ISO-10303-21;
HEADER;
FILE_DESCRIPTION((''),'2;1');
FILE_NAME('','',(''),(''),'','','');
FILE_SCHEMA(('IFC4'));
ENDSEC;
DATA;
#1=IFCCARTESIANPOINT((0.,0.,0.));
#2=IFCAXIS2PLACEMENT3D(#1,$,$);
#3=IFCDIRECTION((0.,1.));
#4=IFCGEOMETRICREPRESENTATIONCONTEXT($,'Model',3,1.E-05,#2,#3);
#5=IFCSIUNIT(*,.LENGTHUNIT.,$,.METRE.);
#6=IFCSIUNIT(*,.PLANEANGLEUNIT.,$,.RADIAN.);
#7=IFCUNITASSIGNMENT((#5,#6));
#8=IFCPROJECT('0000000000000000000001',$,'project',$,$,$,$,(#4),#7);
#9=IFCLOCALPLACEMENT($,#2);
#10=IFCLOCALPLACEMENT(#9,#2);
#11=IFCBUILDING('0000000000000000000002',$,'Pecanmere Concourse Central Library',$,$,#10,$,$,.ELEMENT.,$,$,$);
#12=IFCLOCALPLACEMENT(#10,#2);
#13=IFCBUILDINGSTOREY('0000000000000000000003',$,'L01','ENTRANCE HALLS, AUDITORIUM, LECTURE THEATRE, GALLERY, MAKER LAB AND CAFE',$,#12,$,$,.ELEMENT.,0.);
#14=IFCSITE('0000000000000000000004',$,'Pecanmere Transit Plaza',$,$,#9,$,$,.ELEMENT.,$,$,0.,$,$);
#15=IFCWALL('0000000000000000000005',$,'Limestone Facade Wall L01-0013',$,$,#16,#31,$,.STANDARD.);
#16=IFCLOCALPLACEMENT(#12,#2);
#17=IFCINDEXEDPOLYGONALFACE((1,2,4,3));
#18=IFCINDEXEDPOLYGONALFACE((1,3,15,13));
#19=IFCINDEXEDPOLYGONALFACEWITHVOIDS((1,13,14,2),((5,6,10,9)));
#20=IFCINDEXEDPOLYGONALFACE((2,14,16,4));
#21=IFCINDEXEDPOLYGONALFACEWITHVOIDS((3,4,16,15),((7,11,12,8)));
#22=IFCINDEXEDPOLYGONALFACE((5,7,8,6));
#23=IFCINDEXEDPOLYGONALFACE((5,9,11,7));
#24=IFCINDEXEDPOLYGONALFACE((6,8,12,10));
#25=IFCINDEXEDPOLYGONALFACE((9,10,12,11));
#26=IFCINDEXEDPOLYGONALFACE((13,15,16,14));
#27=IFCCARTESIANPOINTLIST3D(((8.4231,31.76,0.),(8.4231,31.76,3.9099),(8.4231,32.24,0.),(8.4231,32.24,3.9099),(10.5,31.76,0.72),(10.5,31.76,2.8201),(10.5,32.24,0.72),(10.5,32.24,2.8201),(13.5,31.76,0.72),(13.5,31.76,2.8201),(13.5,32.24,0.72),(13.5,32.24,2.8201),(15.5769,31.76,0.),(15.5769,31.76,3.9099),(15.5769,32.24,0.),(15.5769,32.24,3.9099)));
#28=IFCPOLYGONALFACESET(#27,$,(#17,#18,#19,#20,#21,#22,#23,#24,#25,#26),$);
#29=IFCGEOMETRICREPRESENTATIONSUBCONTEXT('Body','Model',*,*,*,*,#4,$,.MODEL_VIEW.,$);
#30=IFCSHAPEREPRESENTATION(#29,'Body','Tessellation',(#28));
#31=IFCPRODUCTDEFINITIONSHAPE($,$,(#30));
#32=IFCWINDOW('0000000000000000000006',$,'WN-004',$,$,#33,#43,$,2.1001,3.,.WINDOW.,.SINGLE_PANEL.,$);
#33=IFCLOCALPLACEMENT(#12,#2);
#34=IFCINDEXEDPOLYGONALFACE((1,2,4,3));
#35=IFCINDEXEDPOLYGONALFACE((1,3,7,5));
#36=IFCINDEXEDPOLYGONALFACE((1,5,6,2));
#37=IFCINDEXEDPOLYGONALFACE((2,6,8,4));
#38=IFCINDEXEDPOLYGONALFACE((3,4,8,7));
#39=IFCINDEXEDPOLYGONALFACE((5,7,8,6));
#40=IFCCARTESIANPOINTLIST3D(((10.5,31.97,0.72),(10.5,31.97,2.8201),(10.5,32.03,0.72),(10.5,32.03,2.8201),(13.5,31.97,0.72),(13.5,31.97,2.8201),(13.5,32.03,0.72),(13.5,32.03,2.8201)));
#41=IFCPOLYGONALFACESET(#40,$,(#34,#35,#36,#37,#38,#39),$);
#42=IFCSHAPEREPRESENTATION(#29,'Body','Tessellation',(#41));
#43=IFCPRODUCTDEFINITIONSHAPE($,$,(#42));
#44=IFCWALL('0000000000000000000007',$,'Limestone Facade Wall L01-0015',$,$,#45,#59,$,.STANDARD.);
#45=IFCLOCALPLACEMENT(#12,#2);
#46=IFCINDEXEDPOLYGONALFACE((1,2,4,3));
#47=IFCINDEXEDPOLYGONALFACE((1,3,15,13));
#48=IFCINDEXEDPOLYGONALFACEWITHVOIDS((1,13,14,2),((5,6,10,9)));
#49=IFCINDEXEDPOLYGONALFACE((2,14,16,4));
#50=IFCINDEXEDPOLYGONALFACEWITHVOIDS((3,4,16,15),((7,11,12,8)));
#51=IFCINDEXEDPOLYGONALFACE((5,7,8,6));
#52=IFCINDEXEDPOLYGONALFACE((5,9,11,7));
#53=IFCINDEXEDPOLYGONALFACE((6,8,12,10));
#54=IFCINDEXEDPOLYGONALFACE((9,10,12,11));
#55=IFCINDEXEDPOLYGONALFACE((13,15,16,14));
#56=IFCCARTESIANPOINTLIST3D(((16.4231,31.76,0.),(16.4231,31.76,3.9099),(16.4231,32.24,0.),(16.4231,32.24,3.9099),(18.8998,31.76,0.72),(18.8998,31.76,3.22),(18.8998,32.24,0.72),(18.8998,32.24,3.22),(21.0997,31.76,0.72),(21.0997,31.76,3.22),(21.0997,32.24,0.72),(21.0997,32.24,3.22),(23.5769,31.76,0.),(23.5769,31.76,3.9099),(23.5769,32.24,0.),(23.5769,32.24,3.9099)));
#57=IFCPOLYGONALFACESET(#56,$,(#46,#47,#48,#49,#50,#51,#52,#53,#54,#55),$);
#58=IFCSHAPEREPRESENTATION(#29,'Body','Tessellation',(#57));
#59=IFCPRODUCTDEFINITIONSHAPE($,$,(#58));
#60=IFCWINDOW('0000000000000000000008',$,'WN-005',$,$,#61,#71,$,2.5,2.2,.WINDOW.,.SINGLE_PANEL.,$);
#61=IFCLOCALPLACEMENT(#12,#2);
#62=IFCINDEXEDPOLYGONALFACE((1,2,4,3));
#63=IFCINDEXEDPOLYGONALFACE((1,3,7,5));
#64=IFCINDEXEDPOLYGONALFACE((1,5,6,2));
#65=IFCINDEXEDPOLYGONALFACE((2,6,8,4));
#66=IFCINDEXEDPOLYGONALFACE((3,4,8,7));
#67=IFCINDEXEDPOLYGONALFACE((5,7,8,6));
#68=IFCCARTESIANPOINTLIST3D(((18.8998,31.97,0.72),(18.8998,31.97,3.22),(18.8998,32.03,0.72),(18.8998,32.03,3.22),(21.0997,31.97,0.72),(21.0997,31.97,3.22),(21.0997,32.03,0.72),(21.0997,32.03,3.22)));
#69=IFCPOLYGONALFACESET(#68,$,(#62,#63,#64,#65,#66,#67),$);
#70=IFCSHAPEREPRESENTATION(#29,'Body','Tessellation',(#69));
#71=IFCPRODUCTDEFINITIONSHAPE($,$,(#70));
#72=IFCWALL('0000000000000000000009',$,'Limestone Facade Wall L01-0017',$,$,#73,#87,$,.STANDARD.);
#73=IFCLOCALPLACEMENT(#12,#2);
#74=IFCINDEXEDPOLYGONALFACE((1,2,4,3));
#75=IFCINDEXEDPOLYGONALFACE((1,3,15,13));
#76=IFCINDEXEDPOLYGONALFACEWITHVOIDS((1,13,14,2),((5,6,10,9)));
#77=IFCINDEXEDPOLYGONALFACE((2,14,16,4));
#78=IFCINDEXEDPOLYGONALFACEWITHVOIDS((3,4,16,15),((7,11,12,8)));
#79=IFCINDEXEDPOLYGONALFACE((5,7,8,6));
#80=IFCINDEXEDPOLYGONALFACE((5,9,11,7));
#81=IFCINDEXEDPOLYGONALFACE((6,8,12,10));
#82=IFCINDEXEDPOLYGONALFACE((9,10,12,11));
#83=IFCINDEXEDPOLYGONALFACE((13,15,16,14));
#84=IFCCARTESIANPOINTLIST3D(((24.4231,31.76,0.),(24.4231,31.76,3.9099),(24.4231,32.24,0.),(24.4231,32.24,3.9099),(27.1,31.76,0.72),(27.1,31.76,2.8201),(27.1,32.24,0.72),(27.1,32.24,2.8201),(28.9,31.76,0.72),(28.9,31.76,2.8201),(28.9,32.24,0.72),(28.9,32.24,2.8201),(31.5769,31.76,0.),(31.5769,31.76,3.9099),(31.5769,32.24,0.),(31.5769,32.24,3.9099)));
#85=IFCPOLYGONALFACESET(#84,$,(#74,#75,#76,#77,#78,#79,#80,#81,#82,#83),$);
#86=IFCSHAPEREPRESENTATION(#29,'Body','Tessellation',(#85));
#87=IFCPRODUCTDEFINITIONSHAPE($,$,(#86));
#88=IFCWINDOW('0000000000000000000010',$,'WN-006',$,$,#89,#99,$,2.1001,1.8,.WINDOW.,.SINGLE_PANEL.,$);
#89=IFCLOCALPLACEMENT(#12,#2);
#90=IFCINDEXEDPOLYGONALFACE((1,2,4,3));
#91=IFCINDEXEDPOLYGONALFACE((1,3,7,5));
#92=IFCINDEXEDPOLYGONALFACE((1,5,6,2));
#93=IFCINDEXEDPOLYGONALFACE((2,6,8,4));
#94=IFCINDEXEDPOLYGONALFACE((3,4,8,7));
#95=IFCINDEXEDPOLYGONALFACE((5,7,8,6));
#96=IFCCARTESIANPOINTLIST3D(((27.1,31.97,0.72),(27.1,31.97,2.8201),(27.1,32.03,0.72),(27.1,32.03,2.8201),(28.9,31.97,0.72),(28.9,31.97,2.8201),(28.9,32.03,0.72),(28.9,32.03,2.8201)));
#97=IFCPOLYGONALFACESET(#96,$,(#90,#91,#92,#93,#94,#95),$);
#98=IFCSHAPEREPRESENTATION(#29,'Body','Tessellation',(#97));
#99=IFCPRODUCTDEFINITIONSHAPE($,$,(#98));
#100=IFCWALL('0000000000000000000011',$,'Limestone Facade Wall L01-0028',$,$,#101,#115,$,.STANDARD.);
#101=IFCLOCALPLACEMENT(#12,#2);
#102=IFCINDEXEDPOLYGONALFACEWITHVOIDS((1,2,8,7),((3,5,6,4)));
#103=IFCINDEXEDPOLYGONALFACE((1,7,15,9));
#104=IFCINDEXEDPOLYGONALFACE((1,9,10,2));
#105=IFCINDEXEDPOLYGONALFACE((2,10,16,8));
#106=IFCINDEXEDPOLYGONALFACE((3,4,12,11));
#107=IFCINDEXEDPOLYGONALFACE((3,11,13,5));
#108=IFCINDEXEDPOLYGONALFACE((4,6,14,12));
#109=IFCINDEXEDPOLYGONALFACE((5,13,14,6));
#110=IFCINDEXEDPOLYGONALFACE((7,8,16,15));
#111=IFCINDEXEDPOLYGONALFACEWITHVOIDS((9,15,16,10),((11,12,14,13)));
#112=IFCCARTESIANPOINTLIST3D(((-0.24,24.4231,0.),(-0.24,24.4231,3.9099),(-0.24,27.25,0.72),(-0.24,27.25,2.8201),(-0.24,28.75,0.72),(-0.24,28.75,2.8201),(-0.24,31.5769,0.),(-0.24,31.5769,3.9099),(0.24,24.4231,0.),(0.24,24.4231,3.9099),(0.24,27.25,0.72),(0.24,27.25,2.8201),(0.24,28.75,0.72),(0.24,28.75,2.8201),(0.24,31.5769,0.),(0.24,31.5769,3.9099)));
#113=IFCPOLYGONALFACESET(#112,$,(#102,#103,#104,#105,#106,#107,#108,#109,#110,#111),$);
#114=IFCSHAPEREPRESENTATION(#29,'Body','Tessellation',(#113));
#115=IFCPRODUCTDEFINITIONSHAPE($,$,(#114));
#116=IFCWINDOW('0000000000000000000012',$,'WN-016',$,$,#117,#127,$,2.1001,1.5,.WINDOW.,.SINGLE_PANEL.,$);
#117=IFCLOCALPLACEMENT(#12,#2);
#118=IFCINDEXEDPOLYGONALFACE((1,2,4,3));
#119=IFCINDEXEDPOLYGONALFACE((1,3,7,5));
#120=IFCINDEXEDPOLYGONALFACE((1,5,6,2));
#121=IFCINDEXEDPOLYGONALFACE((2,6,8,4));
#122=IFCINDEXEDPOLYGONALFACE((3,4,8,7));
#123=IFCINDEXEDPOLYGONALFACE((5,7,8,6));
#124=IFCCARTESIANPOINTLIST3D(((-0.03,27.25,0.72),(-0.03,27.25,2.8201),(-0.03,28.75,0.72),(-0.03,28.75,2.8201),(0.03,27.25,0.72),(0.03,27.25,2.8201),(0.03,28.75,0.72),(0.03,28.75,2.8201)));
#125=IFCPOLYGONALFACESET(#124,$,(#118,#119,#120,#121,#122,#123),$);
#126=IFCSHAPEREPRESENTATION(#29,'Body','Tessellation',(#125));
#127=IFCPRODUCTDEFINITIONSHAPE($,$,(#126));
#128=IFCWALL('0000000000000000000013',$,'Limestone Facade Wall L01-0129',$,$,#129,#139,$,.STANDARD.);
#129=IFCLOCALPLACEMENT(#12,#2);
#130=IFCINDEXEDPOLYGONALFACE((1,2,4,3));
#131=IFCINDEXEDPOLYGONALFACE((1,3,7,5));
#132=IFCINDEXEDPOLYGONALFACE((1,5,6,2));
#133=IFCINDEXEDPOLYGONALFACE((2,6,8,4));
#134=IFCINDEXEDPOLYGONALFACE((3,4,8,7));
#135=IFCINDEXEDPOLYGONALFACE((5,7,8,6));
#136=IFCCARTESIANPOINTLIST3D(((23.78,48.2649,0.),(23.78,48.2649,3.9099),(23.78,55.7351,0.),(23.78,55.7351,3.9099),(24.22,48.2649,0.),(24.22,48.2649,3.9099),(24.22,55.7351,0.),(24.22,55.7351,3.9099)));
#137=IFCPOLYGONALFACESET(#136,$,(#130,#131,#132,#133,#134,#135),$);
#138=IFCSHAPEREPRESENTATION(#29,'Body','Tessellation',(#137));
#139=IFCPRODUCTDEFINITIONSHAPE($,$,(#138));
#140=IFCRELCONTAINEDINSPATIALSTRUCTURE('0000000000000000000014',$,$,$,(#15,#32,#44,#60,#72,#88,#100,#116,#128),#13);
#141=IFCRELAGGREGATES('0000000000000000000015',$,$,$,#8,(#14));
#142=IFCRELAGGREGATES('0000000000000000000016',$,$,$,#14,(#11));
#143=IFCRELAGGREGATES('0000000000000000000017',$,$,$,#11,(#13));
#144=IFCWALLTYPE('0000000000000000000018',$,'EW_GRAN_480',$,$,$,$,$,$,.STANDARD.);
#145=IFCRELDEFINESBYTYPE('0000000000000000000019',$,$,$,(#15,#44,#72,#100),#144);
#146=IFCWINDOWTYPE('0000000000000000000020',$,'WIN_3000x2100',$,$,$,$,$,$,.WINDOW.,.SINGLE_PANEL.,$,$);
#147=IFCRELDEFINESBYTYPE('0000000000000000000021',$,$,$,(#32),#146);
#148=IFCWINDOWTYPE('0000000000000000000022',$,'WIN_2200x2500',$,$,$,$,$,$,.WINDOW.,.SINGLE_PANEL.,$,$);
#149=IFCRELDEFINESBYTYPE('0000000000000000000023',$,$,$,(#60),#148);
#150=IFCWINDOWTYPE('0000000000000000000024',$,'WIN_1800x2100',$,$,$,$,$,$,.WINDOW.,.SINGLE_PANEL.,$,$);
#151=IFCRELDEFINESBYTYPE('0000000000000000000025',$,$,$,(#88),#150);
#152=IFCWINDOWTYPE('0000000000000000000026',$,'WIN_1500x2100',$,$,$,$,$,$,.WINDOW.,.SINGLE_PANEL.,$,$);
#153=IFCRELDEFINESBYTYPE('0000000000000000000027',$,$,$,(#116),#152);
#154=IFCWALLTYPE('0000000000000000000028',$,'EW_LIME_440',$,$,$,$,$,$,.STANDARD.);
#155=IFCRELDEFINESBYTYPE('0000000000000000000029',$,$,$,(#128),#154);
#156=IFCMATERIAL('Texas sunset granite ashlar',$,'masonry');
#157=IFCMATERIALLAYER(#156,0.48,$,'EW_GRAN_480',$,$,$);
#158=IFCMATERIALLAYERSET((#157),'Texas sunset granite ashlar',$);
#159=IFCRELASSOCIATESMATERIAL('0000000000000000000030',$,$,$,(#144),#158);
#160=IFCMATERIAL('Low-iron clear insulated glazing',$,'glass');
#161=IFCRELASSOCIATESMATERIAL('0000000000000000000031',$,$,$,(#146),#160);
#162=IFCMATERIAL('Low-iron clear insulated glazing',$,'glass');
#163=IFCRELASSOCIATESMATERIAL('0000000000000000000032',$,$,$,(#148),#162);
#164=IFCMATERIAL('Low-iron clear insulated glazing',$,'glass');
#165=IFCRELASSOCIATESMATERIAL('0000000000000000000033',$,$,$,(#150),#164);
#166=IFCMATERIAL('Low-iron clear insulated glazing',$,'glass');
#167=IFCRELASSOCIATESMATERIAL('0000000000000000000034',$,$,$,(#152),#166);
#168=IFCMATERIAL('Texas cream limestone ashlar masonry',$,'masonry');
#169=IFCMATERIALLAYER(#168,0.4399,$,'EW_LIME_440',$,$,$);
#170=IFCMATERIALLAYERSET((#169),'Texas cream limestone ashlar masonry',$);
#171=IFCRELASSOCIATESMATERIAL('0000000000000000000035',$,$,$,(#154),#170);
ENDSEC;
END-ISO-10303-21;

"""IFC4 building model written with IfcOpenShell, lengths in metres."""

from ifc_helpers import new_model, si_unit, direction, frame, frame_2d, origin, place, context, subcontext, project, spatial, rectangle, extrude, material, layer, layer_set, type_object, element, fill, save


model = new_model("IFC4")

# Units and contexts
model_context = context("Model", 3, precision=1e-05, world=origin(), true_north=direction((0.0, 1.0)))
body_context = subcontext(model_context, "Body", "Model", "MODEL_VIEW")
ifc_project = project(units=[si_unit("LENGTHUNIT", "METRE"), si_unit("PLANEANGLEUNIT", "RADIAN")], contexts=[model_context])

# Site, building, storey
site_placement = place(None, origin())
site = spatial("IfcSite", under=ifc_project, at=site_placement, Name="Pecanmere Transit Plaza", CompositionType="ELEMENT", RefElevation=0.0)
building_placement = place(site_placement, origin())
building = spatial("IfcBuilding", under=site, at=building_placement, Name="Pecanmere Concourse Central Library", CompositionType="ELEMENT")
storey_placement = place(building_placement, origin())
storey = spatial("IfcBuildingStorey", under=building, at=storey_placement, Name="L01", Description="ENTRANCE HALLS, AUDITORIUM, LECTURE THEATRE, GALLERY, MAKER LAB AND CAFE", CompositionType="ELEMENT", Elevation=0.0)

# Walls, openings, windows
ifc_material_1 = material(Name="Texas sunset granite ashlar", Category="masonry")
ifc_layer_1 = layer(ifc_material_1, 0.48, Name="EW_GRAN_480")
ifc_layer_set_1 = layer_set([ifc_layer_1], Name="Texas sunset granite ashlar")
wall_type_1 = type_object("IfcWallType", Name="EW_GRAN_480", PredefinedType="STANDARD", material=ifc_layer_set_1)
wall_1_placement = place(storey_placement, frame((15.5769, 32.0, 0.0), z_axis=(0.0, 0.0, 1.0), x_axis=(-1.0, 0.0, 0.0)))
wall_1 = element("IfcWall", 1, at=wall_1_placement, inside=storey, type_object=wall_type_1, Name="Limestone Facade Wall L01-0013", PredefinedType="STANDARD", context=body_context, shape_type="SweptSolid", body=[
    extrude(rectangle(XDim=7.1538, YDim=0.48, at=frame_2d((3.5769, 0.0))), origin(), (0.0, 0.0, 1.0), 3.9099),
])
opening_1_placement = place(wall_1_placement, frame((2.0769, 0.0, 0.72)))
opening_1 = element("IfcOpeningElement", 2, at=opening_1_placement, cuts=wall_1, PredefinedType="OPENING", context=body_context, shape_type="SweptSolid", body=[
    extrude(rectangle(XDim=3.0, YDim=2.1001, at=frame_2d((1.5, 1.05))), frame((0.0, 0.252, 0.0), z_axis=(0.0, -1.0, 0.0), x_axis=(1.0, 0.0, 0.0)), (0.0, 0.0, 1.0), 0.5039),
])
ifc_material_2 = material(Name="Low-iron clear insulated glazing", Category="glass")
window_type_1 = type_object("IfcWindowType", Name="WIN_3000x2100", PartitioningType="SINGLE_PANEL", PredefinedType="WINDOW", material=ifc_material_2)
window_1_placement = place(opening_1_placement, origin())
window_1 = element("IfcWindow", 3, at=window_1_placement, inside=storey, type_object=window_type_1, Name="WN-004", OverallHeight=2.1001, OverallWidth=3.0, PartitioningType="SINGLE_PANEL", PredefinedType="WINDOW", context=body_context, shape_type="SweptSolid", body=[
    extrude(rectangle(XDim=3.0, YDim=2.1001, at=frame_2d((1.5, 1.05))), frame((0.0, 0.03, 0.0), z_axis=(0.0, -1.0, 0.0), x_axis=(1.0, 0.0, 0.0)), (0.0, 0.0, 1.0), 0.0601),
])
fill(opening_1, window_1)
wall_2_placement = place(storey_placement, frame((23.5769, 32.0, 0.0), z_axis=(0.0, 0.0, 1.0), x_axis=(-1.0, 0.0, 0.0)))
wall_2 = element("IfcWall", 4, at=wall_2_placement, inside=storey, type_object=wall_type_1, Name="Limestone Facade Wall L01-0015", PredefinedType="STANDARD", context=body_context, shape_type="SweptSolid", body=[
    extrude(rectangle(XDim=7.1538, YDim=0.48, at=frame_2d((3.5769, 0.0))), origin(), (0.0, 0.0, 1.0), 3.9099),
])
opening_2_placement = place(wall_2_placement, frame((2.4771, 0.0, 0.72)))
opening_2 = element("IfcOpeningElement", 5, at=opening_2_placement, cuts=wall_2, PredefinedType="OPENING", context=body_context, shape_type="SweptSolid", body=[
    extrude(rectangle(XDim=2.2, YDim=2.5, at=frame_2d((1.1001, 1.25))), frame((0.0, 0.252, 0.0), z_axis=(0.0, -1.0, 0.0), x_axis=(1.0, 0.0, 0.0)), (0.0, 0.0, 1.0), 0.5039),
])
ifc_material_3 = material(Name="Low-iron clear insulated glazing", Category="glass")
window_type_2 = type_object("IfcWindowType", Name="WIN_2200x2500", PartitioningType="SINGLE_PANEL", PredefinedType="WINDOW", material=ifc_material_3)
window_2_placement = place(opening_2_placement, origin())
window_2 = element("IfcWindow", 6, at=window_2_placement, inside=storey, type_object=window_type_2, Name="WN-005", OverallHeight=2.5, OverallWidth=2.2, PartitioningType="SINGLE_PANEL", PredefinedType="WINDOW", context=body_context, shape_type="SweptSolid", body=[
    extrude(rectangle(XDim=2.2, YDim=2.5, at=frame_2d((1.1001, 1.25))), frame((0.0, 0.03, 0.0), z_axis=(0.0, -1.0, 0.0), x_axis=(1.0, 0.0, 0.0)), (0.0, 0.0, 1.0), 0.0601),
])
fill(opening_2, window_2)
wall_3_placement = place(storey_placement, frame((31.5769, 32.0, 0.0), z_axis=(0.0, 0.0, 1.0), x_axis=(-1.0, 0.0, 0.0)))
wall_3 = element("IfcWall", 7, at=wall_3_placement, inside=storey, type_object=wall_type_1, Name="Limestone Facade Wall L01-0017", PredefinedType="STANDARD", context=body_context, shape_type="SweptSolid", body=[
    extrude(rectangle(XDim=7.1538, YDim=0.48, at=frame_2d((3.5769, 0.0))), origin(), (0.0, 0.0, 1.0), 3.9099),
])
opening_3_placement = place(wall_3_placement, frame((2.677, 0.0, 0.72)))
opening_3 = element("IfcOpeningElement", 8, at=opening_3_placement, cuts=wall_3, PredefinedType="OPENING", context=body_context, shape_type="SweptSolid", body=[
    extrude(rectangle(XDim=1.8, YDim=2.1001, at=frame_2d((0.8999, 1.05))), frame((0.0, 0.252, 0.0), z_axis=(0.0, -1.0, 0.0), x_axis=(1.0, 0.0, 0.0)), (0.0, 0.0, 1.0), 0.5039),
])
ifc_material_4 = material(Name="Low-iron clear insulated glazing", Category="glass")
window_type_3 = type_object("IfcWindowType", Name="WIN_1800x2100", PartitioningType="SINGLE_PANEL", PredefinedType="WINDOW", material=ifc_material_4)
window_3_placement = place(opening_3_placement, origin())
window_3 = element("IfcWindow", 9, at=window_3_placement, inside=storey, type_object=window_type_3, Name="WN-006", OverallHeight=2.1001, OverallWidth=1.8, PartitioningType="SINGLE_PANEL", PredefinedType="WINDOW", context=body_context, shape_type="SweptSolid", body=[
    extrude(rectangle(XDim=1.8, YDim=2.1001, at=frame_2d((0.8999, 1.05))), frame((0.0, 0.03, 0.0), z_axis=(0.0, -1.0, 0.0), x_axis=(1.0, 0.0, 0.0)), (0.0, 0.0, 1.0), 0.0601),
])
fill(opening_3, window_3)
wall_4_placement = place(storey_placement, frame((0.0, 31.5769, 0.0), z_axis=(0.0, 0.0, 1.0), x_axis=(0.0, -1.0, 0.0)))
wall_4 = element("IfcWall", 10, at=wall_4_placement, inside=storey, type_object=wall_type_1, Name="Limestone Facade Wall L01-0028", PredefinedType="STANDARD", context=body_context, shape_type="SweptSolid", body=[
    extrude(rectangle(XDim=7.1538, YDim=0.48, at=frame_2d((3.5769, 0.0))), origin(), (0.0, 0.0, 1.0), 3.9099),
])
opening_4_placement = place(wall_4_placement, frame((2.8269, 0.0, 0.72)))
opening_4 = element("IfcOpeningElement", 11, at=opening_4_placement, cuts=wall_4, PredefinedType="OPENING", context=body_context, shape_type="SweptSolid", body=[
    extrude(rectangle(XDim=1.5, YDim=2.1001, at=frame_2d((0.75, 1.05))), frame((0.0, 0.252, 0.0), z_axis=(0.0, -1.0, 0.0), x_axis=(1.0, 0.0, 0.0)), (0.0, 0.0, 1.0), 0.5039),
])
ifc_material_5 = material(Name="Low-iron clear insulated glazing", Category="glass")
window_type_4 = type_object("IfcWindowType", Name="WIN_1500x2100", PartitioningType="SINGLE_PANEL", PredefinedType="WINDOW", material=ifc_material_5)
window_4_placement = place(opening_4_placement, origin())
window_4 = element("IfcWindow", 12, at=window_4_placement, inside=storey, type_object=window_type_4, Name="WN-016", OverallHeight=2.1001, OverallWidth=1.5, PartitioningType="SINGLE_PANEL", PredefinedType="WINDOW", context=body_context, shape_type="SweptSolid", body=[
    extrude(rectangle(XDim=1.5, YDim=2.1001, at=frame_2d((0.75, 1.05))), frame((0.0, 0.03, 0.0), z_axis=(0.0, -1.0, 0.0), x_axis=(1.0, 0.0, 0.0)), (0.0, 0.0, 1.0), 0.0601),
])
fill(opening_4, window_4)

# Wall
ifc_material_6 = material(Name="Texas cream limestone ashlar masonry", Category="masonry")
ifc_layer_2 = layer(ifc_material_6, 0.4399, Name="EW_LIME_440")
ifc_layer_set_2 = layer_set([ifc_layer_2], Name="Texas cream limestone ashlar masonry")
wall_type_2 = type_object("IfcWallType", Name="EW_LIME_440", PredefinedType="STANDARD", material=ifc_layer_set_2)
wall_5_placement = place(storey_placement, frame((24.0, 55.7351, 0.0), z_axis=(0.0, 0.0, 1.0), x_axis=(0.0, -1.0, 0.0)))
element("IfcWall", 13, at=wall_5_placement, inside=storey, type_object=wall_type_2, Name="Limestone Facade Wall L01-0129", PredefinedType="STANDARD", context=body_context, shape_type="SweptSolid", body=[
    extrude(rectangle(XDim=7.4702, YDim=0.4399, at=frame_2d((3.7351, 0.0))), origin(), (0.0, 0.0, 1.0), 3.9099),
])

save(model, "model.ifc")
